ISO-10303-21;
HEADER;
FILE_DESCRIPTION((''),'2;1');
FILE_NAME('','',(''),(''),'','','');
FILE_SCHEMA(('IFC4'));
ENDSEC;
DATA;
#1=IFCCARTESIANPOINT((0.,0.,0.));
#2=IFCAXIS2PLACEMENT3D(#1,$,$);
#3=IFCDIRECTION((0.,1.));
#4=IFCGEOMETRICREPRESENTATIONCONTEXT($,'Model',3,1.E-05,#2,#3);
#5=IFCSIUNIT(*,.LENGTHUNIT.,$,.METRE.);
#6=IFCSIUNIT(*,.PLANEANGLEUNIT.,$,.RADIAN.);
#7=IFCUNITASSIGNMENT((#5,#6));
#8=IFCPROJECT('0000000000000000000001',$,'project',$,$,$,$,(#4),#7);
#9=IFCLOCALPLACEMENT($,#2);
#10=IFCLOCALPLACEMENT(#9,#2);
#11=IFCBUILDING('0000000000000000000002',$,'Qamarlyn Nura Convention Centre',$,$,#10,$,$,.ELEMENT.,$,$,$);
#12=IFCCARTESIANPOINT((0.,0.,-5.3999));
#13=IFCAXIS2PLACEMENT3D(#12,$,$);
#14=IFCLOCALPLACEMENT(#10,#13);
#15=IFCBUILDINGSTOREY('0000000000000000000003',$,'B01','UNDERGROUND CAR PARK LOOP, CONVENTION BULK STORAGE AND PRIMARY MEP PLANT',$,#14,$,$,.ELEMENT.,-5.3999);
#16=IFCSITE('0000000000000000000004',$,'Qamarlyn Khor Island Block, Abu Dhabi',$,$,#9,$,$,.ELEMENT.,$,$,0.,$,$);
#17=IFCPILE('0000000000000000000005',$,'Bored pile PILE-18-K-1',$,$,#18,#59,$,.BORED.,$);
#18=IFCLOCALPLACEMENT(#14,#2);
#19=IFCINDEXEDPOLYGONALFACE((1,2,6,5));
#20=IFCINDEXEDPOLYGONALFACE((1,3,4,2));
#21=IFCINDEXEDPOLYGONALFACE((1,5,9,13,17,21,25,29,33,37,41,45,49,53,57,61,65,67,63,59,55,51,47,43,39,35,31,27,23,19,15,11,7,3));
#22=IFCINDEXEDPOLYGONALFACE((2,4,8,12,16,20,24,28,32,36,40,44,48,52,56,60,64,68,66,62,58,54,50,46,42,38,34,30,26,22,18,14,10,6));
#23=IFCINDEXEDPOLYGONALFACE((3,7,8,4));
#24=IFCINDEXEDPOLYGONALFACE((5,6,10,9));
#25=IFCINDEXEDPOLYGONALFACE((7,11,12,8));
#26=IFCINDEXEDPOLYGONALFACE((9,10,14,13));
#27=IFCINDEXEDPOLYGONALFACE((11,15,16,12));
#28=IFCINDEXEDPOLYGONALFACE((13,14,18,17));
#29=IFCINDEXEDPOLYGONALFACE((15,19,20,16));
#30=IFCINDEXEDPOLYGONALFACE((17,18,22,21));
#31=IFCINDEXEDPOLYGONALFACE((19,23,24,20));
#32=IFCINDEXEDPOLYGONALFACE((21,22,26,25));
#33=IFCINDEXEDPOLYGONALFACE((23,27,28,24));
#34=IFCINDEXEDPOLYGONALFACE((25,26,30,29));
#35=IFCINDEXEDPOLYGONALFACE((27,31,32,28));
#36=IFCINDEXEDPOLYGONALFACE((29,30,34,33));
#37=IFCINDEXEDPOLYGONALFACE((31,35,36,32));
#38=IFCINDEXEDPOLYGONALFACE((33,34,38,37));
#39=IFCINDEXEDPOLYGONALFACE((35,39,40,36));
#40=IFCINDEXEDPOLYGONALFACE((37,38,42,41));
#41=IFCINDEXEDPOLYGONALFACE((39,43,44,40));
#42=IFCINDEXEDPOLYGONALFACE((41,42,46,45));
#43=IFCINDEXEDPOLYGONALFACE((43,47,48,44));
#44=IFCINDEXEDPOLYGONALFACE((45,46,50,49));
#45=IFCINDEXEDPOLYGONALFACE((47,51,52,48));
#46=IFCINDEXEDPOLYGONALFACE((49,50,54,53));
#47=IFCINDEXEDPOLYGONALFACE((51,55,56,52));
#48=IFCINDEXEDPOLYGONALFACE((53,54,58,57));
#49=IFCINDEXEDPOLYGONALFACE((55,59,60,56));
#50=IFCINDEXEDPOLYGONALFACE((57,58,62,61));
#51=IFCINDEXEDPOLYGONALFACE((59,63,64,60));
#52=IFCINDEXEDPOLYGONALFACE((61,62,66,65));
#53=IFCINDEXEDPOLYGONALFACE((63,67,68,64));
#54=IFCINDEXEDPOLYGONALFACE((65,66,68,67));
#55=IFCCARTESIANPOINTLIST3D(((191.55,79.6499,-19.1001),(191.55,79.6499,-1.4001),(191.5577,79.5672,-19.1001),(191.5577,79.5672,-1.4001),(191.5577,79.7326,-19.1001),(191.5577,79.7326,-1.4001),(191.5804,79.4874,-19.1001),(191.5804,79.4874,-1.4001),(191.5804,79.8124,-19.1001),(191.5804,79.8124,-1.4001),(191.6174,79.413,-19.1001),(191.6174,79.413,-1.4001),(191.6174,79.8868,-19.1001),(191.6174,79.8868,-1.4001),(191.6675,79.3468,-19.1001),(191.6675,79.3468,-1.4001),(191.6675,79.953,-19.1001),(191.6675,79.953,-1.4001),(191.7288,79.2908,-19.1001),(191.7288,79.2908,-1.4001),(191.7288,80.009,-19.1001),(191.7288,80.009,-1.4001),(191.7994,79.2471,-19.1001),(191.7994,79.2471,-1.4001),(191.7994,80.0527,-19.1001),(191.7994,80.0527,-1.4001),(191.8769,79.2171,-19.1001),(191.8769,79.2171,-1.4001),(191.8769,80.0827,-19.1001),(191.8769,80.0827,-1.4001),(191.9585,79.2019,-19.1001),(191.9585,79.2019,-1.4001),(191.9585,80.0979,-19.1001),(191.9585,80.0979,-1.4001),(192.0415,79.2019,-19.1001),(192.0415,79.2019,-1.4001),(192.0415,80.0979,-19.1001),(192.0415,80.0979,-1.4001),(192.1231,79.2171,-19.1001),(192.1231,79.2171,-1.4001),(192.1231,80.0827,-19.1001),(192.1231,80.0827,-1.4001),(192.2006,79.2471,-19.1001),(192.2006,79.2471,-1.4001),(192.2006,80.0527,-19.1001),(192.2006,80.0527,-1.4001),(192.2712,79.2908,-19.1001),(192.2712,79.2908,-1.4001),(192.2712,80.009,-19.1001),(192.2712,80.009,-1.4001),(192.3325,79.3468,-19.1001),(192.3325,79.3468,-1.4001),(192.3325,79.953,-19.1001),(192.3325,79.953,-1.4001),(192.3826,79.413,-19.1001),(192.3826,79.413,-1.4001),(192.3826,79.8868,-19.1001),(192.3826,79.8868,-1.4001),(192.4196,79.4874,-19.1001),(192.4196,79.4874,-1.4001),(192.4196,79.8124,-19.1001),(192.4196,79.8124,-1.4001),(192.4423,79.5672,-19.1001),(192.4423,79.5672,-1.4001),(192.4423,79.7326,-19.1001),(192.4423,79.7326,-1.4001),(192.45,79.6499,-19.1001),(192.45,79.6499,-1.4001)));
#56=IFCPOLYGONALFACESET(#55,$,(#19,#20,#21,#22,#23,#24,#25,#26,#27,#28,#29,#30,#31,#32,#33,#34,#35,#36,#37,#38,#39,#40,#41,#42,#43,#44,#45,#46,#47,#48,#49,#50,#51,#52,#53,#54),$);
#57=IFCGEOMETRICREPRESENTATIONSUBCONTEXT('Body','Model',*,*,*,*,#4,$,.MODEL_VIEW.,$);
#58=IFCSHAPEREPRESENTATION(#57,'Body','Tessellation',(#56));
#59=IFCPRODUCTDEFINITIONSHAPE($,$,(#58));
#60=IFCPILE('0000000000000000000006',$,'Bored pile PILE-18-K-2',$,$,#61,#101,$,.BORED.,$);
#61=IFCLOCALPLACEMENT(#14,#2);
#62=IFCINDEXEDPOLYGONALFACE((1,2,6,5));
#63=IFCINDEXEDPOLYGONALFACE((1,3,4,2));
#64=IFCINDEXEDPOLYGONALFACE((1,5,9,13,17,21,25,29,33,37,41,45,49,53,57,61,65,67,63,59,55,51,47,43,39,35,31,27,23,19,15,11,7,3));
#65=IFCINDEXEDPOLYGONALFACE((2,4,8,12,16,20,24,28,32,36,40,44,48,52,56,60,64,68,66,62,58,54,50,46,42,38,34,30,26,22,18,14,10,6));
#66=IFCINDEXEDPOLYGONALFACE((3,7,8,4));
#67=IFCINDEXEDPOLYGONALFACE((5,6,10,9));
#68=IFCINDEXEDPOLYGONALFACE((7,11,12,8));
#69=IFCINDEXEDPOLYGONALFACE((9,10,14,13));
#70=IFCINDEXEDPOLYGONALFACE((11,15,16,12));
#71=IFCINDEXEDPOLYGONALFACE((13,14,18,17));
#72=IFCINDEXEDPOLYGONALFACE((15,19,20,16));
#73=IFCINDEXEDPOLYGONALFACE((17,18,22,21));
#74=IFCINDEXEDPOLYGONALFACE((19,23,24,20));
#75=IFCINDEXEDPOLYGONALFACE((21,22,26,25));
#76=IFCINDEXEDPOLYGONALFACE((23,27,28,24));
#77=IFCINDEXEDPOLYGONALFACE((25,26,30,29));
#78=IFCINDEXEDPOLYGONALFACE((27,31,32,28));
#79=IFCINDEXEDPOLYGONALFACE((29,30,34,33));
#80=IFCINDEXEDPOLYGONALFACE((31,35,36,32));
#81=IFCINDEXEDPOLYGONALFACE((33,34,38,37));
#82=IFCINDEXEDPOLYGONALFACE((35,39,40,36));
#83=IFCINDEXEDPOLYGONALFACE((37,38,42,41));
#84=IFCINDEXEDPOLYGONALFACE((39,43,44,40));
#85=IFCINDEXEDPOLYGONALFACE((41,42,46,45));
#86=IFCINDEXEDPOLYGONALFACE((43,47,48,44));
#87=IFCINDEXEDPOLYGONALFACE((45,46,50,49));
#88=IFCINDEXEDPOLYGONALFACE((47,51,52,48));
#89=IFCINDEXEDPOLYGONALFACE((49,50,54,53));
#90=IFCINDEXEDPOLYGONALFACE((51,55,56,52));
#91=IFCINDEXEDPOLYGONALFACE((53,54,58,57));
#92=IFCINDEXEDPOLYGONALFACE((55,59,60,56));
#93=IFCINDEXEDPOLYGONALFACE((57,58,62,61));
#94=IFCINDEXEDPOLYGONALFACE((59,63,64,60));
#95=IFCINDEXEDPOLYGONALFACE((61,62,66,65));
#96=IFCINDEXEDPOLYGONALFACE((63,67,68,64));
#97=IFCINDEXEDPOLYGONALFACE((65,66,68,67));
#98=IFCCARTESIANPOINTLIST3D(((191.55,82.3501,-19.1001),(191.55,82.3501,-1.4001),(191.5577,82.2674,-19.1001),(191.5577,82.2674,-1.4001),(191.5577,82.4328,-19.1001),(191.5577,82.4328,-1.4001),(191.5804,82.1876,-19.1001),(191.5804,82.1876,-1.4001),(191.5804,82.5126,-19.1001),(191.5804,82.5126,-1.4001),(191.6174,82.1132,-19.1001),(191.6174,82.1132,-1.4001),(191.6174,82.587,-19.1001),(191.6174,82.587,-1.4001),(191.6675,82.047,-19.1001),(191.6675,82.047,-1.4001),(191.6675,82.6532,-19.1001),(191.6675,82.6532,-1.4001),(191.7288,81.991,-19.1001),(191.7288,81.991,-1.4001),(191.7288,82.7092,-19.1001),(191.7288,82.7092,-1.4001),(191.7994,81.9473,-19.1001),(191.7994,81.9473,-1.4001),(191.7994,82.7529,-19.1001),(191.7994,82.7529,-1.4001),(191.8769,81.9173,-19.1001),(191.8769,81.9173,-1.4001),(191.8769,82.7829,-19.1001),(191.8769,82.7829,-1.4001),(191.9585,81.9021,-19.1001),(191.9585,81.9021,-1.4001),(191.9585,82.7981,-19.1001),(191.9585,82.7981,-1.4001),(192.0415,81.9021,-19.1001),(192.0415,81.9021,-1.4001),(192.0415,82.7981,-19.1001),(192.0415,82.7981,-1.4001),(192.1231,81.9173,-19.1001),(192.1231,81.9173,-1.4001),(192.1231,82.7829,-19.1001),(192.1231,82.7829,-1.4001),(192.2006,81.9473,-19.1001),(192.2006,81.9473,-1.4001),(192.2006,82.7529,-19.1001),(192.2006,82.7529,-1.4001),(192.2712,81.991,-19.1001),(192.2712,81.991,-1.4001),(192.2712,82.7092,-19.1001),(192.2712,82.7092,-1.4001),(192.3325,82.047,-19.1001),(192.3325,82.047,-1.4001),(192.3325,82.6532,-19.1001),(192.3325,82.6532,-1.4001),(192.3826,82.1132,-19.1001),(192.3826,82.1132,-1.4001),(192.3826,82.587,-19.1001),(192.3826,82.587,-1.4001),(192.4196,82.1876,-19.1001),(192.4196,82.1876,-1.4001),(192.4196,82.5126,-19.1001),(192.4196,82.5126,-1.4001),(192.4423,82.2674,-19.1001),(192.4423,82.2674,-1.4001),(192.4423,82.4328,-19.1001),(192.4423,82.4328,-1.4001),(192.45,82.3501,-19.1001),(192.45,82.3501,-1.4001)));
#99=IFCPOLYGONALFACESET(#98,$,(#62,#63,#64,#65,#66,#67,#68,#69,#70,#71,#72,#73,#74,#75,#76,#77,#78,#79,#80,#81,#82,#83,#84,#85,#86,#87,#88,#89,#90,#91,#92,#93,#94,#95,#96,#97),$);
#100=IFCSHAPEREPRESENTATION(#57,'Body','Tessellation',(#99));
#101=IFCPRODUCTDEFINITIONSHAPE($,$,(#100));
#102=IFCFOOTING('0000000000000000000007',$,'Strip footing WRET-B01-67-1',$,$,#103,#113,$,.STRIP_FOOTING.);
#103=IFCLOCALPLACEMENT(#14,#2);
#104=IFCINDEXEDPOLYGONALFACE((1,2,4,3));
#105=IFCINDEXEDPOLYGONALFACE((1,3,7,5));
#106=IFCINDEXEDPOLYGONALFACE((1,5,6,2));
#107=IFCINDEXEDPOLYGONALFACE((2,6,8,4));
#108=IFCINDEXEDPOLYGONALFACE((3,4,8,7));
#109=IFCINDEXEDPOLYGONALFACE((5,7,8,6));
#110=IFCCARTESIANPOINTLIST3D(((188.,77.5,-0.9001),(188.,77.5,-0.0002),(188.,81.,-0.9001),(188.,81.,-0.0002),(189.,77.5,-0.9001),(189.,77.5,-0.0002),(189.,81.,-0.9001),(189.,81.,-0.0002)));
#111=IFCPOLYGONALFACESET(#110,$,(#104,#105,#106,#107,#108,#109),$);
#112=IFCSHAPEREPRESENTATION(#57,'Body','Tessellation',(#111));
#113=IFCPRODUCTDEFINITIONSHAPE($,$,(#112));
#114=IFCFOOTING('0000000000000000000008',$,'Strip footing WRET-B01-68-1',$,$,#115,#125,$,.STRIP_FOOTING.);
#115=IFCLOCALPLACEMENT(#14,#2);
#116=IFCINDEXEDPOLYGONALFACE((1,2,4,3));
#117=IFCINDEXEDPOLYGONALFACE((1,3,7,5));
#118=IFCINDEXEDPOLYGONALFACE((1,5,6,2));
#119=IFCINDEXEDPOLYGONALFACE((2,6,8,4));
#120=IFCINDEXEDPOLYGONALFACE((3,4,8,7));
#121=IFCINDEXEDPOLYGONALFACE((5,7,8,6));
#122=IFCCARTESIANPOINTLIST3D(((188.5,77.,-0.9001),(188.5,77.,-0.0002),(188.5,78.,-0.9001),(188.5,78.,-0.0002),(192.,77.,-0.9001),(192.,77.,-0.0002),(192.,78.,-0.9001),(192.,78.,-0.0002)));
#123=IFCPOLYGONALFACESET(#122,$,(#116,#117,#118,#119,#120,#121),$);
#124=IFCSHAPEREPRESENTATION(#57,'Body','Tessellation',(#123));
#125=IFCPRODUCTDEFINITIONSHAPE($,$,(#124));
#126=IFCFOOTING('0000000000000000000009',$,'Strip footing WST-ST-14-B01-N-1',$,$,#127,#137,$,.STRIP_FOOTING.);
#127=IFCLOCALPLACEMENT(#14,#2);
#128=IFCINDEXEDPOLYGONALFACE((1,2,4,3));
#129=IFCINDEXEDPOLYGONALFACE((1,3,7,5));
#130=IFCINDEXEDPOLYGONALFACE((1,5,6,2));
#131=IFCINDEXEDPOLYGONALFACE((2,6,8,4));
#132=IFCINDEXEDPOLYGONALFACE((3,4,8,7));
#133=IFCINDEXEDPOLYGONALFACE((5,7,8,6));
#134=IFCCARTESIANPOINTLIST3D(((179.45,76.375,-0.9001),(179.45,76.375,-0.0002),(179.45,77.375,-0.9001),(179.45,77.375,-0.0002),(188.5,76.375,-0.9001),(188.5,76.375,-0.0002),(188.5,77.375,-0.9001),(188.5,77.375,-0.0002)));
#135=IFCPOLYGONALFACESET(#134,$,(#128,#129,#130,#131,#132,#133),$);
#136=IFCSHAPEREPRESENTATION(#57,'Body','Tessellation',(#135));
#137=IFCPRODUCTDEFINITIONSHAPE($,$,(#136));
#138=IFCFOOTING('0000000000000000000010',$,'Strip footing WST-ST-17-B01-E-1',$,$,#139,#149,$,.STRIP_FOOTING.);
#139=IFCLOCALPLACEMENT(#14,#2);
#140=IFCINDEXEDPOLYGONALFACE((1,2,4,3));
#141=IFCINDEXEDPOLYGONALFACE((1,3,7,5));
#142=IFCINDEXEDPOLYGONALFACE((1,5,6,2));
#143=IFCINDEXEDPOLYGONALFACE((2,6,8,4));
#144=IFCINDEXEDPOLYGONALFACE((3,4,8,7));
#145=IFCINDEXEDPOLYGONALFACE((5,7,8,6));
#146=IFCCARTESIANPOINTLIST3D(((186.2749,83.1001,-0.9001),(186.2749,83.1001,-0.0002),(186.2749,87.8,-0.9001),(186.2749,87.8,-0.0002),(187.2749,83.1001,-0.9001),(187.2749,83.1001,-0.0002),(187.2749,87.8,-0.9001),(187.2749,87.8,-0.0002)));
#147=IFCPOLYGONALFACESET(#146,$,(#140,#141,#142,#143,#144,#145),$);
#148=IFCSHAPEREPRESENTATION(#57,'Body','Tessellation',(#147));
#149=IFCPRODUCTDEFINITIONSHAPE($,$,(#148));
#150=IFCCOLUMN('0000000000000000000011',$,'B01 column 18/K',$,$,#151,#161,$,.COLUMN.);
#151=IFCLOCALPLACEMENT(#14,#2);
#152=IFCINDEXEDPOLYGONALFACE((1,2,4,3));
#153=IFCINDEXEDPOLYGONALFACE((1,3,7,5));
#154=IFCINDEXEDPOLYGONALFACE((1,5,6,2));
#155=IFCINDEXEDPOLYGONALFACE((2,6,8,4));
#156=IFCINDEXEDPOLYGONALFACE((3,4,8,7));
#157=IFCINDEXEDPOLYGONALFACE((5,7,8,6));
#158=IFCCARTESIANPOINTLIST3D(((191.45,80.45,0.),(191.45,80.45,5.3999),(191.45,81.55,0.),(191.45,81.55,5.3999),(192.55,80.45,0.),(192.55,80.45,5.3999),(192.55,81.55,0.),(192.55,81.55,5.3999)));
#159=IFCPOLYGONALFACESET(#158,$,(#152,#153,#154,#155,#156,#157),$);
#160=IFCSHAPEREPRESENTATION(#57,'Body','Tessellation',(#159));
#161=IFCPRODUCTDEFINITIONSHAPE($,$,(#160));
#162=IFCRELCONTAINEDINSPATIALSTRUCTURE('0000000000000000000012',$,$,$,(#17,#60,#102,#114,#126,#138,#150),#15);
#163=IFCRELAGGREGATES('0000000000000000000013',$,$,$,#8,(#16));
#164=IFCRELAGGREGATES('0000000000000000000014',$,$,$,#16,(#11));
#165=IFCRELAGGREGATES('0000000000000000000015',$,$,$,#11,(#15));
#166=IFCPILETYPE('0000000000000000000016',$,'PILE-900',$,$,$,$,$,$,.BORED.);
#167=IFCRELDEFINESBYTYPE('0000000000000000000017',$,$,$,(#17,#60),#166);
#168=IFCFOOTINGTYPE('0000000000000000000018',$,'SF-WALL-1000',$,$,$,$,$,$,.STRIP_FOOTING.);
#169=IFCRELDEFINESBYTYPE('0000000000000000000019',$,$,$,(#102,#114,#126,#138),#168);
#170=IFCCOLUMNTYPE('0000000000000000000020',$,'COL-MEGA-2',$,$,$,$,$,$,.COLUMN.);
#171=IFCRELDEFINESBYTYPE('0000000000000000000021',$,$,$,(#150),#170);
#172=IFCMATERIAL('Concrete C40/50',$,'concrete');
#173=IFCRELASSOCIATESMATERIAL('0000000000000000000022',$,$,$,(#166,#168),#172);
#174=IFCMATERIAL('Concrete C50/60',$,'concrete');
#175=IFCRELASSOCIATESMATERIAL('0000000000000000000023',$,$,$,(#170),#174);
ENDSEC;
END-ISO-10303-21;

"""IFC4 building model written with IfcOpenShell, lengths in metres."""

from ifc_helpers import new_model, si_unit, direction, frame, origin, origin_2d, place, context, subcontext, project, spatial, rectangle, circle, extrude, material, material_profile, profile_set, type_object, element, save


model = new_model("IFC4")

# Units and contexts
model_context = context("Model", 3, precision=1e-05, world=origin(), true_north=direction((0.0, 1.0)))
body_context = subcontext(model_context, "Body", "Model", "MODEL_VIEW")
ifc_project = project(units=[si_unit("LENGTHUNIT", "METRE"), si_unit("PLANEANGLEUNIT", "RADIAN")], contexts=[model_context])

# Site, building, storey
site_placement = place(None, origin())
site = spatial("IfcSite", under=ifc_project, at=site_placement, Name="Qamarlyn Khor Island Block, Abu Dhabi", CompositionType="ELEMENT", RefElevation=0.0)
building_placement = place(site_placement, origin())
building = spatial("IfcBuilding", under=site, at=building_placement, Name="Qamarlyn Nura Convention Centre", CompositionType="ELEMENT")
storey_placement = place(building_placement, frame((0.0, 0.0, -5.3999)))
storey = spatial("IfcBuildingStorey", under=building, at=storey_placement, Name="B01", Description="UNDERGROUND CAR PARK LOOP, CONVENTION BULK STORAGE AND PRIMARY MEP PLANT", CompositionType="ELEMENT", Elevation=-5.3999)

# Shared definitions
ifc_material_1 = material(Name="Concrete C40/50", Category="concrete")

# Piles
ifc_material_profile_1 = material_profile(ifc_material_1, circle(Radius=0.45, at=origin_2d()), Name="BORED PILE 900")
ifc_profile_set_1 = profile_set([ifc_material_profile_1], Name="Concrete C40/50")
pile_type = type_object("IfcPileType", Name="PILE-900", PredefinedType="BORED", material=ifc_profile_set_1)
for number, where, z_axis, x_axis, name in (
    (1, (192.0, 79.6499, -1.4001), (0.0, 0.0, -1.0), (1.0, 0.0, 0.0), "Bored pile PILE-18-K-1"),
    (2, (192.0, 82.3501, -1.4001), (0.0, 0.0, -1.0), (1.0, 0.0, 0.0), "Bored pile PILE-18-K-2"),
):
    element("IfcPile", number, at=place(storey_placement, frame(where, z_axis=z_axis, x_axis=x_axis)), inside=storey, type_object=pile_type, Name=name, PredefinedType="BORED", context=body_context, shape_type="SweptSolid", body=[
        extrude(circle(Radius=0.45, at=origin_2d()), origin(), (0.0, 0.0, 1.0), 17.7),
    ])

# Footings
ifc_material_profile_2 = material_profile(ifc_material_1, rectangle(XDim=1.0, YDim=0.8999, at=origin_2d()), Name="RC STRIP 1000x900")
ifc_profile_set_2 = profile_set([ifc_material_profile_2], Name="Concrete C40/50")
footing_type_1 = type_object("IfcFootingType", Name="SF-WALL-1000", PredefinedType="STRIP_FOOTING", material=ifc_profile_set_2)
for number, where, z_axis, x_axis, name in (
    (3, (188.5, 81.0, -0.4502), (0.0, -1.0, 0.0), (1.0, 0.0, 0.0), "Strip footing WRET-B01-67-1"),
    (4, (188.5, 77.5, -0.4502), (1.0, 0.0, 0.0), (0.0, 1.0, 0.0), "Strip footing WRET-B01-68-1"),
):
    element("IfcFooting", number, at=place(storey_placement, frame(where, z_axis=z_axis, x_axis=x_axis)), inside=storey, type_object=footing_type_1, Name=name, PredefinedType="STRIP_FOOTING", context=body_context, shape_type="SweptSolid", body=[
        extrude(rectangle(XDim=1.0, YDim=0.8999, at=origin_2d()), origin(), (0.0, 0.0, 1.0), 3.5),
    ])
footing_1_placement = place(storey_placement, frame((188.5, 76.875, -0.4502), z_axis=(-1.0, 0.0, 0.0), x_axis=(0.0, -1.0, 0.0)))
element("IfcFooting", 5, at=footing_1_placement, inside=storey, type_object=footing_type_1, Name="Strip footing WST-ST-14-B01-N-1", PredefinedType="STRIP_FOOTING", context=body_context, shape_type="SweptSolid", body=[
    extrude(rectangle(XDim=1.0, YDim=0.8999, at=origin_2d()), origin(), (0.0, 0.0, 1.0), 9.05),
])
footing_2_placement = place(storey_placement, frame((186.7749, 83.1001, -0.4502), z_axis=(0.0, 1.0, 0.0), x_axis=(-1.0, 0.0, 0.0)))
element("IfcFooting", 6, at=footing_2_placement, inside=storey, type_object=footing_type_1, Name="Strip footing WST-ST-17-B01-E-1", PredefinedType="STRIP_FOOTING", context=body_context, shape_type="SweptSolid", body=[
    extrude(rectangle(XDim=1.0, YDim=0.8999, at=origin_2d()), origin(), (0.0, 0.0, 1.0), 4.7),
])

# Column
ifc_material_2 = material(Name="Concrete C50/60", Category="concrete")
ifc_material_profile_3 = material_profile(ifc_material_2, rectangle(XDim=1.1001, YDim=1.1001, at=origin_2d()), Name="RC 1100x1100")
ifc_profile_set_3 = profile_set([ifc_material_profile_3], Name="Concrete C50/60")
column_type_1 = type_object("IfcColumnType", Name="COL-MEGA-2", PredefinedType="COLUMN", material=ifc_profile_set_3)
column_1_placement = place(storey_placement, frame((192.0, 81.0, 0.0), z_axis=(0.0, 0.0, 1.0), x_axis=(1.0, 0.0, 0.0)))
element("IfcColumn", 7, at=column_1_placement, inside=storey, type_object=column_type_1, Name="B01 column 18/K", PredefinedType="COLUMN", context=body_context, shape_type="SweptSolid", body=[
    extrude(rectangle(XDim=1.1001, YDim=1.1001, at=origin_2d()), origin(), (0.0, 0.0, 1.0), 5.3999),
])

save(model, "model.ifc")
